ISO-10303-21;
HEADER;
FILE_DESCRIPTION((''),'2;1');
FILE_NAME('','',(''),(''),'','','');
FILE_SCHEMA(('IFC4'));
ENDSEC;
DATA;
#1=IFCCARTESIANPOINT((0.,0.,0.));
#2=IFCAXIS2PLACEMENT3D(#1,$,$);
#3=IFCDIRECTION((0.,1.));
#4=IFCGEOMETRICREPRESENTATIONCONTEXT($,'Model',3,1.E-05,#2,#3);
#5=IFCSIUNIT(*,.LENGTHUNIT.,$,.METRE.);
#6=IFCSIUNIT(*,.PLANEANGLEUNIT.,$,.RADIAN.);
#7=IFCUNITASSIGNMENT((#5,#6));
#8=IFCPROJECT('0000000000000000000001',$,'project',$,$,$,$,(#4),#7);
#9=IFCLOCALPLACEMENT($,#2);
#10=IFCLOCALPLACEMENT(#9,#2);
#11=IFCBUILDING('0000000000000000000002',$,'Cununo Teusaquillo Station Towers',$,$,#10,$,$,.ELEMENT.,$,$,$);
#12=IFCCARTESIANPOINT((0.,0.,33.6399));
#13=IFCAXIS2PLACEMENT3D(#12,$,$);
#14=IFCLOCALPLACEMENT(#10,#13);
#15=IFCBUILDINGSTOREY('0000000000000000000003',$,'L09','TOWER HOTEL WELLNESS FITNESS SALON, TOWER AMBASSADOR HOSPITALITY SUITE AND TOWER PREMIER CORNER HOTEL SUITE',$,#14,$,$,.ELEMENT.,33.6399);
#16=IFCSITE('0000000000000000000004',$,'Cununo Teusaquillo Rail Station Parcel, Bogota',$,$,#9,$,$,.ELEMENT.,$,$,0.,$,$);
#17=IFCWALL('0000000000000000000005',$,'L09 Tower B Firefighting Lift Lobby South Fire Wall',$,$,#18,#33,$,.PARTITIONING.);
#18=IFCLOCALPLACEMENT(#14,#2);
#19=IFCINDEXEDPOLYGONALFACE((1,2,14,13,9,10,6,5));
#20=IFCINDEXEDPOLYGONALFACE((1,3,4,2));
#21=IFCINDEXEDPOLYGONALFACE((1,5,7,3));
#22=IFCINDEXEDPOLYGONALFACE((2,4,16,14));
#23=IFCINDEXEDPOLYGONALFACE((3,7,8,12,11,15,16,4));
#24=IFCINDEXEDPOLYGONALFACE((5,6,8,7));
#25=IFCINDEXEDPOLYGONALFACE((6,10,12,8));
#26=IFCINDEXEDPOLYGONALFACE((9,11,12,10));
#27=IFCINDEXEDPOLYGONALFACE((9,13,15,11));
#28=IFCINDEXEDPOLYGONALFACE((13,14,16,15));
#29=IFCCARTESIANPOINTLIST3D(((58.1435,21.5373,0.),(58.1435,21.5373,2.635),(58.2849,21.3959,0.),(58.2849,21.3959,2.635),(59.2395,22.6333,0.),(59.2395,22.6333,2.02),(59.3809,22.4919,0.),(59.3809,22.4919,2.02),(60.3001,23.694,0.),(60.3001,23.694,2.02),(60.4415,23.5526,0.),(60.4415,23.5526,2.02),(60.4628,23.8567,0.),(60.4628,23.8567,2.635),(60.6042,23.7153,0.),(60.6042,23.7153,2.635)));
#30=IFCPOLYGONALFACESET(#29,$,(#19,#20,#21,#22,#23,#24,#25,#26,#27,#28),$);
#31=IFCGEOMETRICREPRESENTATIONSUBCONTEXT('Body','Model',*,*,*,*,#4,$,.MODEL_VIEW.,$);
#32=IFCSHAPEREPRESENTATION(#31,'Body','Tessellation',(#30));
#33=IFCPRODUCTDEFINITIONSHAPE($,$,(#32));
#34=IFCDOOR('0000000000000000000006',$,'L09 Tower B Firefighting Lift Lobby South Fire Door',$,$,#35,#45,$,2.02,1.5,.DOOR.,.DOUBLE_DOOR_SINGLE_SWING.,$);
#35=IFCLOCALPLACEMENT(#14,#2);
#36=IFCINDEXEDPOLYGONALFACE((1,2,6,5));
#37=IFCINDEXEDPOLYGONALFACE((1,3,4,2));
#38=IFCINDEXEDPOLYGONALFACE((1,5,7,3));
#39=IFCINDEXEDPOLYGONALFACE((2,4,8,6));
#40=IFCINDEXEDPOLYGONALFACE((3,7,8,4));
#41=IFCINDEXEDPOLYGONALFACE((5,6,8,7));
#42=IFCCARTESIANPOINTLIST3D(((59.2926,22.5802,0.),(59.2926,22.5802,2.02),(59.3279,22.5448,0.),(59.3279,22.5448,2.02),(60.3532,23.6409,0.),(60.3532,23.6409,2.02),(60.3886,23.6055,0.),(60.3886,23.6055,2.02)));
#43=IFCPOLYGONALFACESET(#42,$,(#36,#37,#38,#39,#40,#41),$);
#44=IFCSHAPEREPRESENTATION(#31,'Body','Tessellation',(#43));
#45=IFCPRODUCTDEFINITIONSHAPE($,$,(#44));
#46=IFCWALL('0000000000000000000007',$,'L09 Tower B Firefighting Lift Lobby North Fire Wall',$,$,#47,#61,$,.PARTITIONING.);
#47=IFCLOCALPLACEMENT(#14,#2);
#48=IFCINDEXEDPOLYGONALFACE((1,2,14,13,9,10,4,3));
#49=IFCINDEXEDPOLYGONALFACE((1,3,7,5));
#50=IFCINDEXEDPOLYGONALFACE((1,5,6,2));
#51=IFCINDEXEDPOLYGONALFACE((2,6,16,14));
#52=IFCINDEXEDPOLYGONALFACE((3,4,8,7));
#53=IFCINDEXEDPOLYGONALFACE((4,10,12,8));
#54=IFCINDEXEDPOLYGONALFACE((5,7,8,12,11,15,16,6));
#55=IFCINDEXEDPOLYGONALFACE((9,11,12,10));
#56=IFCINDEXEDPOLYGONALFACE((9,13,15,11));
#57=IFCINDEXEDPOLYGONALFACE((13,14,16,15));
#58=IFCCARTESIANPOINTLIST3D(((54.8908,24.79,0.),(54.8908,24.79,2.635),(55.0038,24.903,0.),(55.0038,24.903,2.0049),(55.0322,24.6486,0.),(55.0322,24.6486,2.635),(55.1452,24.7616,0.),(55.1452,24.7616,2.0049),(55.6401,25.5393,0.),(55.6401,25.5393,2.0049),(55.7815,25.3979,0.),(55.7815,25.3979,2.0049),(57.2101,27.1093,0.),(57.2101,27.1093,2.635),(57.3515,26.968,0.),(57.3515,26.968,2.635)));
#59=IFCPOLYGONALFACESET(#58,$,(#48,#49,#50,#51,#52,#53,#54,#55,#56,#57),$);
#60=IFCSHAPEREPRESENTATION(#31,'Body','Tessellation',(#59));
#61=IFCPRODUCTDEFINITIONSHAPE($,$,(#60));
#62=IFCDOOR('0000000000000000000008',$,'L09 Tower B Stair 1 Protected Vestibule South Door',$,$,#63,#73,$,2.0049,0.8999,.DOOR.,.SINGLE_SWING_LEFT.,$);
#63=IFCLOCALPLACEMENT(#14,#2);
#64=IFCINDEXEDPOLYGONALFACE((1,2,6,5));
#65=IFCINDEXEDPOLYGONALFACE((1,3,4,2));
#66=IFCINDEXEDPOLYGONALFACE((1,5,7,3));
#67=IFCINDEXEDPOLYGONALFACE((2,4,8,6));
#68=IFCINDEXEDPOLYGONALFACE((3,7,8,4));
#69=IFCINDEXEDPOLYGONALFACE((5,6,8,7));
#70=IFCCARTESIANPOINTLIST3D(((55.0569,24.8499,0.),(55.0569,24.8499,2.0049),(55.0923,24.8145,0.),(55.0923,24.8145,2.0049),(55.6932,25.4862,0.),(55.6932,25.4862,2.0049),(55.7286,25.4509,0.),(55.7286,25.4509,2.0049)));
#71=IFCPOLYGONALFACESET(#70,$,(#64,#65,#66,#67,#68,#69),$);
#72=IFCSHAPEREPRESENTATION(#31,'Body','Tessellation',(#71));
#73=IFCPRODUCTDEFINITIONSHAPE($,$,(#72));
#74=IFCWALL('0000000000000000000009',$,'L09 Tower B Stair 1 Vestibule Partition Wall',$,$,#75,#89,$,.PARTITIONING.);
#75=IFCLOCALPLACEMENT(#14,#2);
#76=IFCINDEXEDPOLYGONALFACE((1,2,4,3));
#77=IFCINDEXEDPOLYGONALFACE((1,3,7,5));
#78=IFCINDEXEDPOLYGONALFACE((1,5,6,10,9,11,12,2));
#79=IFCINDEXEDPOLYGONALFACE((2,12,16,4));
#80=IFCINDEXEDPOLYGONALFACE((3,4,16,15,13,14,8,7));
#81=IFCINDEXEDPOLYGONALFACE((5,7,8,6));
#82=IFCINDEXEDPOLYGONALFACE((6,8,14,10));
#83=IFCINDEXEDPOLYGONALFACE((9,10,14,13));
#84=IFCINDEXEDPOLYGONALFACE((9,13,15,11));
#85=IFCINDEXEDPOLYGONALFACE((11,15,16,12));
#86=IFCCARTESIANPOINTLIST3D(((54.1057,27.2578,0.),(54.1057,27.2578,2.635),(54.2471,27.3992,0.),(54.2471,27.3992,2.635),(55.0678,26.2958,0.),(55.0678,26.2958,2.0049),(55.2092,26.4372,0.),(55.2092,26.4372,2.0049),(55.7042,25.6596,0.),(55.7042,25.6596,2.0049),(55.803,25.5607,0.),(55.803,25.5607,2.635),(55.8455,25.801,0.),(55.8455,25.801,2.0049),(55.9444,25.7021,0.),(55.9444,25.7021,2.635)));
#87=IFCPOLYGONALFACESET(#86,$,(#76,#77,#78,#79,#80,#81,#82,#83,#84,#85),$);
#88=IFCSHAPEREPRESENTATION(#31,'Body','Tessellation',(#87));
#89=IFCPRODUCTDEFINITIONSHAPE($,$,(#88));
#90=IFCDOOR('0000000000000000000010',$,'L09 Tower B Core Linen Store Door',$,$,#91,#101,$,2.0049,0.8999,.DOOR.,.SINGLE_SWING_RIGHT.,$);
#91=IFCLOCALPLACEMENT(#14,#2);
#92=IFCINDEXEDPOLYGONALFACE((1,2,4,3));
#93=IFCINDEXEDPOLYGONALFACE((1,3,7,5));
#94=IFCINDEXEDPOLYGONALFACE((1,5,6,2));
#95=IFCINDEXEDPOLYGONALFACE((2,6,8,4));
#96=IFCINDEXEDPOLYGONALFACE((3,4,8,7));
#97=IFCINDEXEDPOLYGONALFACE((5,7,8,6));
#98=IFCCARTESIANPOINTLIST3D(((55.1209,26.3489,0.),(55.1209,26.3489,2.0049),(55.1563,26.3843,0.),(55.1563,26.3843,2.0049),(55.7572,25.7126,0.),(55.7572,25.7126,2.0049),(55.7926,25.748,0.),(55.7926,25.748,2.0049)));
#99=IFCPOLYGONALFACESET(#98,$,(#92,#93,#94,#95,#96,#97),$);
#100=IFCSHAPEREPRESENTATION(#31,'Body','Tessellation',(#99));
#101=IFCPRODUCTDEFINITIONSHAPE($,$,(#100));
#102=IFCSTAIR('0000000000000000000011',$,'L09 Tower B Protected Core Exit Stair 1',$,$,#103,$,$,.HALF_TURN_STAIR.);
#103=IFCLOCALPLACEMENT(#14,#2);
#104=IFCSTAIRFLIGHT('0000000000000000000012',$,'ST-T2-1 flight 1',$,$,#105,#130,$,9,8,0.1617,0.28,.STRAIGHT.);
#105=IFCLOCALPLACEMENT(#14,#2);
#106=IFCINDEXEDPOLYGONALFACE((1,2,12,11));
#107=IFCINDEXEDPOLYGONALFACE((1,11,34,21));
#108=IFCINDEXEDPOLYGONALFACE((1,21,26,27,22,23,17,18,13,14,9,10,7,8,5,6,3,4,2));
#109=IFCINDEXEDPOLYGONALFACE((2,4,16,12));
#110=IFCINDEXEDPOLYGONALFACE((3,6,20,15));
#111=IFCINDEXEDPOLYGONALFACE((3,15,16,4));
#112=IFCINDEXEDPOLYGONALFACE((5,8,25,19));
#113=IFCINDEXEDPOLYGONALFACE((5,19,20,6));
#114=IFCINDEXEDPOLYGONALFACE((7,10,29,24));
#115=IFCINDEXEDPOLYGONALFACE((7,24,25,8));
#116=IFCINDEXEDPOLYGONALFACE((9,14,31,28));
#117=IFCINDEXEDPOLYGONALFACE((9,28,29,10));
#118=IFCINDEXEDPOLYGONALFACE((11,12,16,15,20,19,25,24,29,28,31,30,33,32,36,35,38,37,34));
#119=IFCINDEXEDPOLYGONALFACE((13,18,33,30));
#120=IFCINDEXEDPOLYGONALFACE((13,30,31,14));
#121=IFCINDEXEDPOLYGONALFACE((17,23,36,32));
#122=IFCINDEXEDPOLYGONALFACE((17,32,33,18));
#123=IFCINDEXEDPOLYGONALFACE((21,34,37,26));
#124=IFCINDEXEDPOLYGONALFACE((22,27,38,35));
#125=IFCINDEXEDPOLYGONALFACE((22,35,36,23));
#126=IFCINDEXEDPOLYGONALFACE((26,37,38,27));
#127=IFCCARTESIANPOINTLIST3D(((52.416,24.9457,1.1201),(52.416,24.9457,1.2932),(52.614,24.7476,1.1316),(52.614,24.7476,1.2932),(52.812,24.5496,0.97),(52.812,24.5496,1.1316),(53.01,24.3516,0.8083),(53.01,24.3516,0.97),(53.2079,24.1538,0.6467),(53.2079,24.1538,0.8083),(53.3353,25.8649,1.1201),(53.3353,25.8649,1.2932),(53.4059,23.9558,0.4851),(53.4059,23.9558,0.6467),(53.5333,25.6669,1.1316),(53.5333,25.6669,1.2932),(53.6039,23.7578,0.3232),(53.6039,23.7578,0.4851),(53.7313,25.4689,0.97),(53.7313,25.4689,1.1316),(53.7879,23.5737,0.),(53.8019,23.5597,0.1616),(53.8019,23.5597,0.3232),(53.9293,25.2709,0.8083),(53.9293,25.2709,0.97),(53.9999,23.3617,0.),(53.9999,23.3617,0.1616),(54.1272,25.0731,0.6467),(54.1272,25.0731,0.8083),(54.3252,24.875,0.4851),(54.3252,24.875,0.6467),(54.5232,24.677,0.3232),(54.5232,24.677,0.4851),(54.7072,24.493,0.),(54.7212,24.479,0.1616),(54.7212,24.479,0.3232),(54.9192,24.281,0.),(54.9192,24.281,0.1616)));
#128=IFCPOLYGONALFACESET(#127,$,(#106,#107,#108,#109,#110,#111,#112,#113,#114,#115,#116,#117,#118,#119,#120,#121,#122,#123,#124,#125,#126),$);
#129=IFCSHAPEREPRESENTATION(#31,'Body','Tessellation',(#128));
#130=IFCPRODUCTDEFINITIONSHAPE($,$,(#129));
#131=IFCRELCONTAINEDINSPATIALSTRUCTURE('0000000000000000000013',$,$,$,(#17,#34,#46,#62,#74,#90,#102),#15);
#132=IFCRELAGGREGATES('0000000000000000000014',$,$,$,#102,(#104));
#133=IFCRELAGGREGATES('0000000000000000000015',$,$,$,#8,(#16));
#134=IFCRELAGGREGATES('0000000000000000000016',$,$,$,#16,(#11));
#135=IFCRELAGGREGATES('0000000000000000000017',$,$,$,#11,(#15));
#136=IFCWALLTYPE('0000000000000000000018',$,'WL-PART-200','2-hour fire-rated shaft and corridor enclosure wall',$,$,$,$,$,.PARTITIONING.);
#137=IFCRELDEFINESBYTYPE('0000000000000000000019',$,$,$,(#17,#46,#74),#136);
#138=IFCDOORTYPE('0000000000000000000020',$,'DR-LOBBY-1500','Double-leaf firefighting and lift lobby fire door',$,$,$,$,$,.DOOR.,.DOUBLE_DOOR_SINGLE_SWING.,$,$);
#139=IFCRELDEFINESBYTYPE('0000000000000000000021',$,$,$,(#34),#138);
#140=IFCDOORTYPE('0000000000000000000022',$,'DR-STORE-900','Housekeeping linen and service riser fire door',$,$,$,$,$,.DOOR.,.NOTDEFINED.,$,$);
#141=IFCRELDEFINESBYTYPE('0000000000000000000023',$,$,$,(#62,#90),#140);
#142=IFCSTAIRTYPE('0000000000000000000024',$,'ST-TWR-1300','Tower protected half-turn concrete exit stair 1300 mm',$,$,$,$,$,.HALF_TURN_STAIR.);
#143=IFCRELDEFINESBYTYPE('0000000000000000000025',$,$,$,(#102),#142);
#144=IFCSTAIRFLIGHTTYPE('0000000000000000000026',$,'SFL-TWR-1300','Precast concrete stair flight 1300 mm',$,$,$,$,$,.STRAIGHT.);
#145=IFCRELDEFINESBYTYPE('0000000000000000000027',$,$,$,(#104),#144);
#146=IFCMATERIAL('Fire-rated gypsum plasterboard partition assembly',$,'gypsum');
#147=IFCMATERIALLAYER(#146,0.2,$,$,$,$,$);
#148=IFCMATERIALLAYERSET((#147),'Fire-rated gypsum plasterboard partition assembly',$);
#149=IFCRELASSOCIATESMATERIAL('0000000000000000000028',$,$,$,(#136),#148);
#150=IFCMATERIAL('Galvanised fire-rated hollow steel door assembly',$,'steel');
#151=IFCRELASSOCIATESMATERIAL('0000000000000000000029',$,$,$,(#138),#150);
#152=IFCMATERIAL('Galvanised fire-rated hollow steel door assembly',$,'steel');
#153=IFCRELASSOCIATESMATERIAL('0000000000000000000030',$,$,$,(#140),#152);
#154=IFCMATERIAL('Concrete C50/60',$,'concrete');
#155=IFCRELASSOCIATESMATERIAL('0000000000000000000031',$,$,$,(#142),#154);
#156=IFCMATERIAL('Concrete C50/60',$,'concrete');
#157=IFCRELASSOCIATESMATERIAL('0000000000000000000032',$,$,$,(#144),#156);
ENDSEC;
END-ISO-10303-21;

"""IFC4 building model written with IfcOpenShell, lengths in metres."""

from ifc_helpers import new_model, si_unit, direction, frame, frame_2d, origin, place, context, subcontext, project, spatial, polyline, rectangle, outline, extrude, source, transform, mapped, material, layer, layer_set, type_object, element, fill, aggregate, save


model = new_model("IFC4")

# Units and contexts
model_context = context("Model", 3, precision=1e-05, world=origin(), true_north=direction((0.0, 1.0)))
body_context = subcontext(model_context, "Body", "Model", "MODEL_VIEW")
ifc_project = project(units=[si_unit("LENGTHUNIT", "METRE"), si_unit("PLANEANGLEUNIT", "RADIAN")], contexts=[model_context])

# Site, building, storey
site_placement = place(None, origin())
site = spatial("IfcSite", under=ifc_project, at=site_placement, Name="Cununo Teusaquillo Rail Station Parcel, Bogota", CompositionType="ELEMENT", RefElevation=0.0)
building_placement = place(site_placement, origin())
building = spatial("IfcBuilding", under=site, at=building_placement, Name="Cununo Teusaquillo Station Towers", CompositionType="ELEMENT")
storey_placement = place(building_placement, frame((0.0, 0.0, 33.6399)))
storey = spatial("IfcBuildingStorey", under=building, at=storey_placement, Name="L09", Description="TOWER HOTEL WELLNESS FITNESS SALON, TOWER AMBASSADOR HOSPITALITY SUITE AND TOWER PREMIER CORNER HOTEL SUITE", CompositionType="ELEMENT", Elevation=33.6399)

# Shared definitions
shared_shape_1 = source(origin(), body_context, "Body", "SweptSolid", [
    extrude(rectangle(XDim=0.8999, YDim=2.0049, at=frame_2d((0.45, 1.0024))), frame((0.0, 0.0249, 0.0), z_axis=(0.0, -1.0, 0.0), x_axis=(1.0, 0.0, 0.0)), (0.0, 0.0, 1.0), 0.05),
])

# Walls, openings, doors
ifc_material_1 = material(Name="Fire-rated gypsum plasterboard partition assembly", Category="gypsum")
ifc_layer_1 = layer(ifc_material_1, 0.2)
ifc_layer_set_1 = layer_set([ifc_layer_1], Name="Fire-rated gypsum plasterboard partition assembly")
wall_type_1 = type_object("IfcWallType", Name="WL-PART-200", Description="2-hour fire-rated shaft and corridor enclosure wall", PredefinedType="PARTITIONING", material=ifc_layer_set_1)
wall_1_placement = place(storey_placement, frame((58.2141, 21.4666, 0.0), z_axis=(0.0, 0.0, 1.0), x_axis=(0.707107, 0.707107, 0.0)))
wall_1 = element("IfcWall", 1, at=wall_1_placement, inside=storey, type_object=wall_type_1, Name="L09 Tower B Firefighting Lift Lobby South Fire Wall", PredefinedType="PARTITIONING", context=body_context, shape_type="SweptSolid", body=[
    extrude(rectangle(XDim=3.28, YDim=0.2, at=frame_2d((1.6401, 0.0))), origin(), (0.0, 0.0, 1.0), 2.635),
])
shared_shape_2 = source(origin(), body_context, "Body", "SweptSolid", [
    extrude(rectangle(XDim=1.5, YDim=2.02, at=frame_2d((0.75, 1.01))), frame((0.0, 0.1099, 0.0), z_axis=(0.0, -1.0, 0.0), x_axis=(1.0, 0.0, 0.0)), (0.0, 0.0, 1.0), 0.22),
])
opening_1_placement = place(wall_1_placement, frame((1.55, 0.0, 0.0)))
opening_1 = element("IfcOpeningElement", 2, at=opening_1_placement, cuts=wall_1, PredefinedType="OPENING", context=body_context, shape_type="MappedRepresentation", body=[
    mapped(shared_shape_2, transform((0.0, 0.0, 0.0), x_axis=(1.0, 0.0, 0.0), y_axis=(0.0, 1.0, 0.0), z_axis=(0.0, 0.0, 1.0), scale=1.0)),
])
ifc_material_2 = material(Name="Galvanised fire-rated hollow steel door assembly", Category="steel")
door_type_1 = type_object("IfcDoorType", Name="DR-LOBBY-1500", Description="Double-leaf firefighting and lift lobby fire door", OperationType="DOUBLE_DOOR_SINGLE_SWING", PredefinedType="DOOR", material=ifc_material_2)
shared_shape_3 = source(origin(), body_context, "Body", "SweptSolid", [
    extrude(rectangle(XDim=1.5, YDim=2.02, at=frame_2d((0.75, 1.01))), frame((0.0, 0.0249, 0.0), z_axis=(0.0, -1.0, 0.0), x_axis=(1.0, 0.0, 0.0)), (0.0, 0.0, 1.0), 0.05),
])
door_1_placement = place(opening_1_placement, origin())
door_1 = element("IfcDoor", 3, at=door_1_placement, inside=storey, type_object=door_type_1, Name="L09 Tower B Firefighting Lift Lobby South Fire Door", OperationType="DOUBLE_DOOR_SINGLE_SWING", OverallHeight=2.02, OverallWidth=1.5, PredefinedType="DOOR", context=body_context, shape_type="MappedRepresentation", body=[
    mapped(shared_shape_3, transform((0.0, 0.0, 0.0), x_axis=(1.0, 0.0, 0.0), y_axis=(0.0, 1.0, 0.0), z_axis=(0.0, 0.0, 1.0), scale=1.0)),
])
fill(opening_1, door_1)
wall_2_placement = place(storey_placement, frame((54.9614, 24.7192, 0.0), z_axis=(0.0, 0.0, 1.0), x_axis=(0.707107, 0.707107, 0.0)))
wall_2 = element("IfcWall", 4, at=wall_2_placement, inside=storey, type_object=wall_type_1, Name="L09 Tower B Firefighting Lift Lobby North Fire Wall", PredefinedType="PARTITIONING", context=body_context, shape_type="SweptSolid", body=[
    extrude(rectangle(XDim=3.28, YDim=0.2, at=frame_2d((1.6401, 0.0))), origin(), (0.0, 0.0, 1.0), 2.635),
])
shared_shape_4 = source(origin(), body_context, "Body", "SweptSolid", [
    extrude(rectangle(XDim=0.8999, YDim=2.0049, at=frame_2d((0.45, 1.0024))), frame((0.0, 0.1099, 0.0), z_axis=(0.0, -1.0, 0.0), x_axis=(1.0, 0.0, 0.0)), (0.0, 0.0, 1.0), 0.22),
])
opening_2_placement = place(wall_2_placement, frame((0.1599, 0.0, 0.0)))
opening_2 = element("IfcOpeningElement", 5, at=opening_2_placement, cuts=wall_2, PredefinedType="OPENING", context=body_context, shape_type="MappedRepresentation", body=[
    mapped(shared_shape_4, transform((0.0, 0.0, 0.0), x_axis=(1.0, 0.0, 0.0), y_axis=(0.0, 1.0, 0.0), z_axis=(0.0, 0.0, 1.0), scale=1.0)),
])
ifc_material_3 = material(Name="Galvanised fire-rated hollow steel door assembly", Category="steel")
door_type_2 = type_object("IfcDoorType", Name="DR-STORE-900", Description="Housekeeping linen and service riser fire door", OperationType="NOTDEFINED", PredefinedType="DOOR", material=ifc_material_3)
door_2_placement = place(opening_2_placement, origin())
door_2 = element("IfcDoor", 6, at=door_2_placement, inside=storey, type_object=door_type_2, Name="L09 Tower B Stair 1 Protected Vestibule South Door", OperationType="SINGLE_SWING_LEFT", OverallHeight=2.0049, OverallWidth=0.8999, PredefinedType="DOOR", context=body_context, shape_type="MappedRepresentation", body=[
    mapped(shared_shape_1, transform((0.0, 0.0, 0.0), x_axis=(1.0, 0.0, 0.0), y_axis=(0.0, 1.0, 0.0), z_axis=(0.0, 0.0, 1.0), scale=1.0)),
])
fill(opening_2, door_2)
wall_3_placement = place(storey_placement, frame((55.8738, 25.6313, 0.0), z_axis=(0.0, 0.0, 1.0), x_axis=(-0.707158, 0.707056, 0.0)))
wall_3 = element("IfcWall", 7, at=wall_3_placement, inside=storey, type_object=wall_type_1, Name="L09 Tower B Stair 1 Vestibule Partition Wall", PredefinedType="PARTITIONING", context=body_context, shape_type="SweptSolid", body=[
    extrude(rectangle(XDim=2.4001, YDim=0.2, at=frame_2d((1.2002, 0.0))), origin(), (0.0, 0.0, 1.0), 2.635),
])
opening_3_placement = place(wall_3_placement, frame((0.1399, 0.0, 0.0)))
opening_3 = element("IfcOpeningElement", 8, at=opening_3_placement, cuts=wall_3, PredefinedType="OPENING", context=body_context, shape_type="MappedRepresentation", body=[
    mapped(shared_shape_4, transform((0.0, 0.0, 0.0), x_axis=(1.0, 0.0, 0.0), y_axis=(0.0, 1.0, 0.0), z_axis=(0.0, 0.0, 1.0), scale=1.0)),
])
door_3_placement = place(opening_3_placement, origin())
door_3 = element("IfcDoor", 9, at=door_3_placement, inside=storey, type_object=door_type_2, Name="L09 Tower B Core Linen Store Door", OperationType="SINGLE_SWING_RIGHT", OverallHeight=2.0049, OverallWidth=0.8999, PredefinedType="DOOR", context=body_context, shape_type="MappedRepresentation", body=[
    mapped(shared_shape_1, transform((0.0, 0.0, 0.0), x_axis=(1.0, 0.0, 0.0), y_axis=(0.0, 1.0, 0.0), z_axis=(0.0, 0.0, 1.0), scale=1.0)),
])
fill(opening_3, door_3)

# Stair, stair flight
ifc_material_4 = material(Name="Concrete C50/60", Category="concrete")
stair_type = type_object("IfcStairType", Name="ST-TWR-1300", Description="Tower protected half-turn concrete exit stair 1300 mm", PredefinedType="HALF_TURN_STAIR", material=ifc_material_4)
stair_placement = place(storey_placement, origin())
stair = element("IfcStair", 10, at=stair_placement, inside=storey, type_object=stair_type, Name="L09 Tower B Protected Core Exit Stair 1", PredefinedType="HALF_TURN_STAIR")
ifc_material_5 = material(Name="Concrete C50/60", Category="concrete")
stair_flight_type = type_object("IfcStairFlightType", Name="SFL-TWR-1300", Description="Precast concrete stair flight 1300 mm", PredefinedType="STRAIGHT", material=ifc_material_5)
stair_flight_placement = place(storey_placement, frame((54.4595, 23.8213, 0.0), z_axis=(0.0, 0.0, 1.0), x_axis=(-0.707107, 0.707107, 0.0)))
stair_flight = element("IfcStairFlight", 11, at=stair_flight_placement, type_object=stair_flight_type, Name="ST-T2-1 flight 1", NumberOfRisers=9, NumberOfTreads=8, PredefinedType="STRAIGHT", RiserHeight=0.1617, TreadLength=0.28, context=body_context, shape_type="SweptSolid", body=[
    extrude(outline(polyline([(0.0, 0.0), (0.0, 0.1616), (0.28, 0.1616), (0.28, 0.3232), (0.5601, 0.3232), (0.5601, 0.4851), (0.8401, 0.4851), (0.8401, 0.6467), (1.1201, 0.6467), (1.1201, 0.8083), (1.3999, 0.8083), (1.3999, 0.97), (1.6799, 0.97), (1.6799, 1.1316), (1.96, 1.1316), (1.96, 1.2932), (2.24, 1.2932), (2.24, 1.4551), (2.24, 1.1201), (0.2998, 0.0), (0.0, 0.0)])), frame((0.0, 0.6499, 0.0), z_axis=(0.0, -1.0, 0.0), x_axis=(1.0, 0.0, 0.0)), (0.0, 0.0, 1.0), 1.3),
])
aggregate(stair, [stair_flight])

save(model, "model.ifc")
